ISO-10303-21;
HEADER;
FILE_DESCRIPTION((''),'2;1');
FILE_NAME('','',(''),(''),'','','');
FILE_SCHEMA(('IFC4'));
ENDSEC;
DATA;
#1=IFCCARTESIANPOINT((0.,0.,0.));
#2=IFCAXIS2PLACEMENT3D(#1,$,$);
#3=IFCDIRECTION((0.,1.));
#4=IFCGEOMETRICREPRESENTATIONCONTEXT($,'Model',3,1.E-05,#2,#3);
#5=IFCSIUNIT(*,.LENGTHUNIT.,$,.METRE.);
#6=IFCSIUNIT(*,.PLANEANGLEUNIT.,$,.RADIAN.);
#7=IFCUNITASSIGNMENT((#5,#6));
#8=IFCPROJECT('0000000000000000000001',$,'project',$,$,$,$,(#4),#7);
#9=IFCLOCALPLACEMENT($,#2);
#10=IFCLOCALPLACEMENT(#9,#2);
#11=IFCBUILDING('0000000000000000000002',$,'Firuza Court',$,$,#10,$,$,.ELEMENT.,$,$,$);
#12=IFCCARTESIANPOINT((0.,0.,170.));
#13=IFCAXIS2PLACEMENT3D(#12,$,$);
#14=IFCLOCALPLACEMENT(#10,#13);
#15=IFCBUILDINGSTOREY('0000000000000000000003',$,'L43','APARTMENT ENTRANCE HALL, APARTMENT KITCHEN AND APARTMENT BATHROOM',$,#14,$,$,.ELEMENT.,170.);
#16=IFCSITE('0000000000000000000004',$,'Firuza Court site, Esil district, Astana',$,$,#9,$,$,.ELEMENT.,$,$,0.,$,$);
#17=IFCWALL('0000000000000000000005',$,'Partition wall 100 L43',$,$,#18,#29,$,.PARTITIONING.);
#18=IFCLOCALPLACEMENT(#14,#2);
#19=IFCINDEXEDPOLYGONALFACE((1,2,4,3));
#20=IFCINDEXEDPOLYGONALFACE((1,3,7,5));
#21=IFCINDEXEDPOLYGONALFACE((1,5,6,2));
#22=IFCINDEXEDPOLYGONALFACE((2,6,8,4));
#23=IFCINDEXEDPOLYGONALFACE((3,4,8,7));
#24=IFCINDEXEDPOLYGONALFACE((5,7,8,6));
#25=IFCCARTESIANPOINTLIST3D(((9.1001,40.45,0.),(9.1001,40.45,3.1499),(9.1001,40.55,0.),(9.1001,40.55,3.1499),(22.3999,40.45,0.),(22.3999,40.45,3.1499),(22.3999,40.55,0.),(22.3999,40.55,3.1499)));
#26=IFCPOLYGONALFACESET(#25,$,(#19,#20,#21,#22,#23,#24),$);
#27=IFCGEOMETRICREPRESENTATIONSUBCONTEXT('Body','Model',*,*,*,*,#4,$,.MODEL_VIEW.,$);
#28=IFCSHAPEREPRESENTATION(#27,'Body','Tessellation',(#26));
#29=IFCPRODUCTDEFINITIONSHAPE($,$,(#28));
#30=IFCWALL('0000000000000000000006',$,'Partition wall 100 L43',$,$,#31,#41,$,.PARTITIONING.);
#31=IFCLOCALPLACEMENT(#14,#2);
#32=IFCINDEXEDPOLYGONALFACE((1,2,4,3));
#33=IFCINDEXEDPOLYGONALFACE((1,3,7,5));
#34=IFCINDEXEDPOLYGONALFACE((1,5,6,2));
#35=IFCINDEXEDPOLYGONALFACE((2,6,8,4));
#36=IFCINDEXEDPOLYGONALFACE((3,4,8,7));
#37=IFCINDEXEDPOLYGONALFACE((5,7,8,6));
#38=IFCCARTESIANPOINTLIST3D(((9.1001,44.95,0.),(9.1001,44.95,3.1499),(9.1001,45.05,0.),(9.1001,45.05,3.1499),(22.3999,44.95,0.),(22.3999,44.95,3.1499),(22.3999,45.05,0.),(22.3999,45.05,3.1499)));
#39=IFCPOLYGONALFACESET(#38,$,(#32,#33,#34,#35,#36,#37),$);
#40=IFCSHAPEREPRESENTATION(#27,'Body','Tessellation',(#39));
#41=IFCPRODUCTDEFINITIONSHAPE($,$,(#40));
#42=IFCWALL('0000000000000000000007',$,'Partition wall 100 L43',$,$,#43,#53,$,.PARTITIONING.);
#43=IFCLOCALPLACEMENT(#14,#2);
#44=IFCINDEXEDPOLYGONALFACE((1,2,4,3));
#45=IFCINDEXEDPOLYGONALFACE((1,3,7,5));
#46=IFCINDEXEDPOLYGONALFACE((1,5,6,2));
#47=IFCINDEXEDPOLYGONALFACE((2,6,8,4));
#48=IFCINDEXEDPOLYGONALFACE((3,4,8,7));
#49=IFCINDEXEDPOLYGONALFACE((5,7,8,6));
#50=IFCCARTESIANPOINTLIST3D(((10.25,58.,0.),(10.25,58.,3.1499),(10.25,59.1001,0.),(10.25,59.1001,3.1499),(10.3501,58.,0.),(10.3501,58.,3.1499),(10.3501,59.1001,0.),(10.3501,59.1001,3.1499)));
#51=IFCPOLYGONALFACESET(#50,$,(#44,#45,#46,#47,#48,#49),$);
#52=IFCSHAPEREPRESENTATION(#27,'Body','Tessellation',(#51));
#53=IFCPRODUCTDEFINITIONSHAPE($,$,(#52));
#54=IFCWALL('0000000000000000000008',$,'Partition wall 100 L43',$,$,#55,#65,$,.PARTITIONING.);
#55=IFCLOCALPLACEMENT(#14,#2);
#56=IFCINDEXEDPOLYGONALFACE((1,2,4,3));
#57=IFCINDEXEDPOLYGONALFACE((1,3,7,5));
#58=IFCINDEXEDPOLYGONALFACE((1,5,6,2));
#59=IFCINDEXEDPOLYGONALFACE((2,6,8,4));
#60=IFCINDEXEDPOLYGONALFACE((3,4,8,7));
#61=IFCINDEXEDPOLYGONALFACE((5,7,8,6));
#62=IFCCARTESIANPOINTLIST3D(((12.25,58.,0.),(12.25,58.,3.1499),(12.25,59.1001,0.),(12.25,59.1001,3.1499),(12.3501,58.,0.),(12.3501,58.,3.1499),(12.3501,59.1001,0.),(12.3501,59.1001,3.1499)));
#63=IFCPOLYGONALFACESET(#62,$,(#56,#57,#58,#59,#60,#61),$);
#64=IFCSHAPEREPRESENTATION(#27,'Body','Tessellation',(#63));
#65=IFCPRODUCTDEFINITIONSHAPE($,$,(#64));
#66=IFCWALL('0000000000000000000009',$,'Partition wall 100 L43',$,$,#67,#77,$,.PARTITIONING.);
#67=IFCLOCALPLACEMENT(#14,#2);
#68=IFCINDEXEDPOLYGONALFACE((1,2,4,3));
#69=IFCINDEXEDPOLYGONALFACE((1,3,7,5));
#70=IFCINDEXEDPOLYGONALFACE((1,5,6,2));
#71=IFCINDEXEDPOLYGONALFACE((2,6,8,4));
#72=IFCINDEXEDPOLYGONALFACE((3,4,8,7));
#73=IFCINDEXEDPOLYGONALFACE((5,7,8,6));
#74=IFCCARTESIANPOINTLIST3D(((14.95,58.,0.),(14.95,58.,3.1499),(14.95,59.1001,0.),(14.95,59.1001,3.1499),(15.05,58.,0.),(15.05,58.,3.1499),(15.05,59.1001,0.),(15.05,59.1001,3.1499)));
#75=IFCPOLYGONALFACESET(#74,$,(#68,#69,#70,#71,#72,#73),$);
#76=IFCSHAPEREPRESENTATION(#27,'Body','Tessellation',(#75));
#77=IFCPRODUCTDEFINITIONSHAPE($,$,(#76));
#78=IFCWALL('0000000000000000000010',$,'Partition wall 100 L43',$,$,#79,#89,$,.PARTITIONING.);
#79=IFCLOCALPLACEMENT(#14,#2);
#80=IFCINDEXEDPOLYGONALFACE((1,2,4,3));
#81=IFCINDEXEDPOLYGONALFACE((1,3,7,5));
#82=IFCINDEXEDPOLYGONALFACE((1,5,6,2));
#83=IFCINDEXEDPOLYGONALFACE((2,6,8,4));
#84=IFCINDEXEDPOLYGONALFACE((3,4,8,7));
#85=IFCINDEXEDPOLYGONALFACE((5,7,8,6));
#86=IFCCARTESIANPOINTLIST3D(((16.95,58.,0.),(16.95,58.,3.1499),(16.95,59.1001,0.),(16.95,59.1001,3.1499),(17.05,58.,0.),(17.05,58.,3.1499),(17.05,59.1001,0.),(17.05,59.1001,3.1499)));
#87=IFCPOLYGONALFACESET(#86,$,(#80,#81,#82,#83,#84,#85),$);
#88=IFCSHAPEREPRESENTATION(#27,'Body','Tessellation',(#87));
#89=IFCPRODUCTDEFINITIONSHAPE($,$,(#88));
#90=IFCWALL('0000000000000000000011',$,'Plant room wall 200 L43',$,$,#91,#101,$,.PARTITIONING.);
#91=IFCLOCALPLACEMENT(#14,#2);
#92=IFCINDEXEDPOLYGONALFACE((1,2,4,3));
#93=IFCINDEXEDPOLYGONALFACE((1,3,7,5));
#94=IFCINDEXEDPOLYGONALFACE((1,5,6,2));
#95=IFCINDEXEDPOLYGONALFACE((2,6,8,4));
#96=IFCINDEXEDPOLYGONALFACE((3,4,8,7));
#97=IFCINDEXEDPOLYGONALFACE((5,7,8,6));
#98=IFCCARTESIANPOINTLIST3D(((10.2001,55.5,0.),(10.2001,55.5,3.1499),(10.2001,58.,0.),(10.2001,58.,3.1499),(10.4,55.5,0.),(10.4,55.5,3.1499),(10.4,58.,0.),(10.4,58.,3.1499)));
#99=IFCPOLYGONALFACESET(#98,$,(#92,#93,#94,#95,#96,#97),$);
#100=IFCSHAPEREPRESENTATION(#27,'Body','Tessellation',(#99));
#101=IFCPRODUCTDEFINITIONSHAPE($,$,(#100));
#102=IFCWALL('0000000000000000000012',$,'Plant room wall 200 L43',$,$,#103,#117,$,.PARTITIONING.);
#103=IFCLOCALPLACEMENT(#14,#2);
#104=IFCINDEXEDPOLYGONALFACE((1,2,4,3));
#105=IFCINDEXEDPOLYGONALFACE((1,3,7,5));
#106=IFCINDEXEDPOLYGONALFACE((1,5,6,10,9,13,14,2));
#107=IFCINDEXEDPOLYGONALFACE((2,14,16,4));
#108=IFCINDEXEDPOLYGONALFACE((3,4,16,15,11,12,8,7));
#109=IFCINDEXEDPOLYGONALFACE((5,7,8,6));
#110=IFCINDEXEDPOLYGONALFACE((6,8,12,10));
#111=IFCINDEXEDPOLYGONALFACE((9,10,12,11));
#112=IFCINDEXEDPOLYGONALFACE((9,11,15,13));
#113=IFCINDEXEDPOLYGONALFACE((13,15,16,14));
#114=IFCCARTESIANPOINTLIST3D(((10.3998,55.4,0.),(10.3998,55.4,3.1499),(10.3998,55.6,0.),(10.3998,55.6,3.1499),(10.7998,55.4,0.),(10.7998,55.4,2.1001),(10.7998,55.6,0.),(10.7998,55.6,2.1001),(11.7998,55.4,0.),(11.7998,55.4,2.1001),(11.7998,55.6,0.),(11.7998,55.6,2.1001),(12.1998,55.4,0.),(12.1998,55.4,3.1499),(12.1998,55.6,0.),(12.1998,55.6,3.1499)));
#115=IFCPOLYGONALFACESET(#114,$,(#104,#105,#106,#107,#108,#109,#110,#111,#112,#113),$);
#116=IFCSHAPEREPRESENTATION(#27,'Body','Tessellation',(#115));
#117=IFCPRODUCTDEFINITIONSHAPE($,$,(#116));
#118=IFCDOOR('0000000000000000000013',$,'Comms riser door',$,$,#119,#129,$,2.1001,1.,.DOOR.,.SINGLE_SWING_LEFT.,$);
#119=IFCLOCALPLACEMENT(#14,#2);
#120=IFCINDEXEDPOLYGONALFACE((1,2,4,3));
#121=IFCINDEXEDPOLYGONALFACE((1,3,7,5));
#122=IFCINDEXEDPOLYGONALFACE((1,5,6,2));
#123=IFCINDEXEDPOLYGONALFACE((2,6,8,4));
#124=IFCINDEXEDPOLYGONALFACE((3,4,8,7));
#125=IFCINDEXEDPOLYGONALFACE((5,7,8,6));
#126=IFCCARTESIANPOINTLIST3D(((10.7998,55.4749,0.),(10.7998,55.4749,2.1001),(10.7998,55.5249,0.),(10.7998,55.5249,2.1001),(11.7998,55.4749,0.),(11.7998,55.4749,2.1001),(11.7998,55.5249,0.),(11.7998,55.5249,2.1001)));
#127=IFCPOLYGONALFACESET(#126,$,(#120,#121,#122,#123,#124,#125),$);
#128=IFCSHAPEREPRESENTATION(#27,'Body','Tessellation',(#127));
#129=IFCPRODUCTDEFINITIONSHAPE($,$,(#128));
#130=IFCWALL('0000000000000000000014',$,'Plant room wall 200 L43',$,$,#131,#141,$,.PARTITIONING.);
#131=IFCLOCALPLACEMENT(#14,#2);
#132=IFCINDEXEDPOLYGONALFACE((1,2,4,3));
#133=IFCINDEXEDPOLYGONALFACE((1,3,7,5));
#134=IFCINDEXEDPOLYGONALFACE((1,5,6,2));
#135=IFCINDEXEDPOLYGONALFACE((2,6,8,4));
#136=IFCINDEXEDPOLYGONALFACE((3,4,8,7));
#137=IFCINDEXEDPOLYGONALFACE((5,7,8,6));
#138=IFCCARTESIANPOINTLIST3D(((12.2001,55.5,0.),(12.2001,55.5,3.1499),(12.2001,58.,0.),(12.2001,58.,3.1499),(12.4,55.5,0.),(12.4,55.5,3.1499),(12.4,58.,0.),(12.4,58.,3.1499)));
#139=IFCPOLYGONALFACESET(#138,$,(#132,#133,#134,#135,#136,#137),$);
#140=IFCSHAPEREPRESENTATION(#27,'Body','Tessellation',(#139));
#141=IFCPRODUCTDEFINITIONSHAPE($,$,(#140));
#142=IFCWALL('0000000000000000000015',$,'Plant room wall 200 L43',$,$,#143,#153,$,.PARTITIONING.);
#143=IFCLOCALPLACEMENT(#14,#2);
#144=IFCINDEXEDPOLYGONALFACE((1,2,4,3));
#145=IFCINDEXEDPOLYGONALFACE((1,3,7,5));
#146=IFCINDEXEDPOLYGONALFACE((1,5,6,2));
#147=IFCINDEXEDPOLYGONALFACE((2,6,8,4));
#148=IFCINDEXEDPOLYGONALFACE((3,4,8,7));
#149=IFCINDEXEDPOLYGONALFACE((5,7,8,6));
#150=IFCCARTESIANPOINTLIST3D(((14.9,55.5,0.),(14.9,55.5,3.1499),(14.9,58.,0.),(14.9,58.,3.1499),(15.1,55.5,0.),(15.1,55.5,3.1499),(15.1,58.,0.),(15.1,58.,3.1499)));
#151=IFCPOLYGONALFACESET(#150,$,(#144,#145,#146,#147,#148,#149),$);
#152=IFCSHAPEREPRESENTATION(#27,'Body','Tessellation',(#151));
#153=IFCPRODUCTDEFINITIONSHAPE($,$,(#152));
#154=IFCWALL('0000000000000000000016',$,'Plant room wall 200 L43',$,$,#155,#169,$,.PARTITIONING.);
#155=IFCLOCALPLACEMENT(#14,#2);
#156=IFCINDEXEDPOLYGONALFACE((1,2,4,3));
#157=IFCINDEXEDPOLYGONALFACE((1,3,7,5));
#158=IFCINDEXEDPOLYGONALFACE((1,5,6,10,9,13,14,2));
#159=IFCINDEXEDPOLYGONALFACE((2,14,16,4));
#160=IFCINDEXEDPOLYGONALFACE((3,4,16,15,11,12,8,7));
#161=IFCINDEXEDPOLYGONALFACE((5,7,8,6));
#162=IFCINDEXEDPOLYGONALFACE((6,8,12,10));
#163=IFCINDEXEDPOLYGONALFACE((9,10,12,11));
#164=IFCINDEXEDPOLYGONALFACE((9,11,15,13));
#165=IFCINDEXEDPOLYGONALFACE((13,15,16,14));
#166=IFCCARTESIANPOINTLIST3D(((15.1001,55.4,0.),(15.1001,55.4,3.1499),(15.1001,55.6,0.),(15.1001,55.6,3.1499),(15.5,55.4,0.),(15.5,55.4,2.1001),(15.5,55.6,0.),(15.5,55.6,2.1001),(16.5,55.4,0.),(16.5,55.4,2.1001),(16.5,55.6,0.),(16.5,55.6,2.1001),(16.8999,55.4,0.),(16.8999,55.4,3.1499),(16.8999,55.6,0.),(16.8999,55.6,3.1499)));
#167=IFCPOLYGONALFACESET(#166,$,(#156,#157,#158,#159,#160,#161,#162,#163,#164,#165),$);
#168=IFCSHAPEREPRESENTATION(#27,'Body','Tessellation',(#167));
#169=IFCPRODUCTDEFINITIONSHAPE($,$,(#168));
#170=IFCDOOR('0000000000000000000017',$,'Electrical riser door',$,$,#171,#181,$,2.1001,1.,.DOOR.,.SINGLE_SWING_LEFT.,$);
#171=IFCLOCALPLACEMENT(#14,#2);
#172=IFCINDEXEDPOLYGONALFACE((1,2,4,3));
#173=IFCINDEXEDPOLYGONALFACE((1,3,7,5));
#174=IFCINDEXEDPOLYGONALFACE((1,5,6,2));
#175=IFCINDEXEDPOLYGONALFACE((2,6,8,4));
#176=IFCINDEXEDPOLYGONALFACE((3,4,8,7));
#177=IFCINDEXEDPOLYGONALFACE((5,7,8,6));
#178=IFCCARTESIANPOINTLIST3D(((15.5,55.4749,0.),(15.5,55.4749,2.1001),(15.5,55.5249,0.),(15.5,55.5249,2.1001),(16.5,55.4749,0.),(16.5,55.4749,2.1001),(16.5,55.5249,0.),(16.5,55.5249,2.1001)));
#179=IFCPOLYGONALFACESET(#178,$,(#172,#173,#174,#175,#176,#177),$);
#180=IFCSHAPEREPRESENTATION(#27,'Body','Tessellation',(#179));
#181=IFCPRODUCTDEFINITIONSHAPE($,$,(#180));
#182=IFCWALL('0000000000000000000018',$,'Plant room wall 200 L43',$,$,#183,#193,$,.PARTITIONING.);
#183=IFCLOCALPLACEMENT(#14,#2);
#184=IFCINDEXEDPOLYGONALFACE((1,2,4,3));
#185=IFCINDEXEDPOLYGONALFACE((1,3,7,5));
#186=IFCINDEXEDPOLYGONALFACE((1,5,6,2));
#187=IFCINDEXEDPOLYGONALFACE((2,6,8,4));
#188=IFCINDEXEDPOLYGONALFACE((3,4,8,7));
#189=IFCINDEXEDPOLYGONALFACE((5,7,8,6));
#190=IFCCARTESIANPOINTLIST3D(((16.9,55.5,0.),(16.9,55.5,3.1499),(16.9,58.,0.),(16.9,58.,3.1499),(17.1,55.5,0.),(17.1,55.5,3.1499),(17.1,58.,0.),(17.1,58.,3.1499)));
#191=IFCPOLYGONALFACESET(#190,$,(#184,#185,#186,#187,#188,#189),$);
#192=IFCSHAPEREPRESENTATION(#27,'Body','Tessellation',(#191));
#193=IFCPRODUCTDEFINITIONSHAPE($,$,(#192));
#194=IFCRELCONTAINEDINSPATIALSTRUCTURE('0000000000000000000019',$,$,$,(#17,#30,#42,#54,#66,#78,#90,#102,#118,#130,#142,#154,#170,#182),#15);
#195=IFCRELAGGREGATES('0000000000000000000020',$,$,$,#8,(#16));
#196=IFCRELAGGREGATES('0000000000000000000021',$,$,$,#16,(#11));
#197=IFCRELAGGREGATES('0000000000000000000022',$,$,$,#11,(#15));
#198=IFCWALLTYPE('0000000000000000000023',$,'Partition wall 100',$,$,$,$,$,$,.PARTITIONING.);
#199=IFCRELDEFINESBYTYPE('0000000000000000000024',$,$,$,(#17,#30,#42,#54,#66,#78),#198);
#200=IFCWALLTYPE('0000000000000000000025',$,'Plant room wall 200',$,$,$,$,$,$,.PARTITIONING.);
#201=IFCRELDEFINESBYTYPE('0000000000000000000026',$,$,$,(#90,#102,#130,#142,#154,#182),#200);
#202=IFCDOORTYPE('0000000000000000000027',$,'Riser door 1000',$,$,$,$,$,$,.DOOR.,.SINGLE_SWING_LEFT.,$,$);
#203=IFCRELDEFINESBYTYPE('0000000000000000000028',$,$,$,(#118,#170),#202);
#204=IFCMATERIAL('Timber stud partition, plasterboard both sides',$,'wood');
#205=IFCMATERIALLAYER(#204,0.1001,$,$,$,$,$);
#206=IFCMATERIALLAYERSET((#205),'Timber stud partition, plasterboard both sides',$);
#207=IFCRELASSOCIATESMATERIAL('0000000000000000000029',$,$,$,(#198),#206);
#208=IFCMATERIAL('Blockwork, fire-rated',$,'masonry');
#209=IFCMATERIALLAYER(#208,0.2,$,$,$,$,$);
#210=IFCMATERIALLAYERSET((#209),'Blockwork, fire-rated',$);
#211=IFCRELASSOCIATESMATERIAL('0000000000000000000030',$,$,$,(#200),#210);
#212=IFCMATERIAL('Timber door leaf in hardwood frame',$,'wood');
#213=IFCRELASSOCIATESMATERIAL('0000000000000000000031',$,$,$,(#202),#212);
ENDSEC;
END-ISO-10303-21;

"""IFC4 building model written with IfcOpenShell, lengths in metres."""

from ifc_helpers import new_model, si_unit, direction, frame, frame_2d, origin, place, context, subcontext, project, spatial, rectangle, extrude, material, layer, layer_set, type_object, element, fill, save


model = new_model("IFC4")

# Units and contexts
model_context = context("Model", 3, precision=1e-05, world=origin(), true_north=direction((0.0, 1.0)))
body_context = subcontext(model_context, "Body", "Model", "MODEL_VIEW")
ifc_project = project(units=[si_unit("LENGTHUNIT", "METRE"), si_unit("PLANEANGLEUNIT", "RADIAN")], contexts=[model_context])

# Site, building, storey
site_placement = place(None, origin())
site = spatial("IfcSite", under=ifc_project, at=site_placement, Name="Firuza Court site, Esil district, Astana", CompositionType="ELEMENT", RefElevation=0.0)
building_placement = place(site_placement, origin())
building = spatial("IfcBuilding", under=site, at=building_placement, Name="Firuza Court", CompositionType="ELEMENT")
storey_placement = place(building_placement, frame((0.0, 0.0, 170.0)))
storey = spatial("IfcBuildingStorey", under=building, at=storey_placement, Name="L43", Description="APARTMENT ENTRANCE HALL, APARTMENT KITCHEN AND APARTMENT BATHROOM", CompositionType="ELEMENT", Elevation=170.0)

# Walls
ifc_material_1 = material(Name="Timber stud partition, plasterboard both sides", Category="wood")
ifc_layer_1 = layer(ifc_material_1, 0.1001)
ifc_layer_set_1 = layer_set([ifc_layer_1], Name="Timber stud partition, plasterboard both sides")
wall_type_1 = type_object("IfcWallType", Name="Partition wall 100", PredefinedType="PARTITIONING", material=ifc_layer_set_1)
for number, where, z_axis, x_axis, name in (
    (1, (9.1001, 40.5, 0.0), (0.0, 0.0, 1.0), (1.0, 0.0, 0.0), "Partition wall 100 L43"),
    (2, (9.1001, 45.0, 0.0), (0.0, 0.0, 1.0), (1.0, 0.0, 0.0), "Partition wall 100 L43"),
):
    element("IfcWall", number, at=place(storey_placement, frame(where, z_axis=z_axis, x_axis=x_axis)), inside=storey, type_object=wall_type_1, Name=name, PredefinedType="PARTITIONING", context=body_context, shape_type="SweptSolid", body=[
        extrude(rectangle(XDim=13.2998, YDim=0.1001, at=frame_2d((6.6499, 0.0))), origin(), (0.0, 0.0, 1.0), 3.1499),
    ])
for number, where, z_axis, x_axis, name in (
    (3, (10.3, 58.0, 0.0), (0.0, 0.0, 1.0), (0.0, 1.0, 0.0), "Partition wall 100 L43"),
    (4, (12.3, 58.0, 0.0), (0.0, 0.0, 1.0), (0.0, 1.0, 0.0), "Partition wall 100 L43"),
    (5, (15.0, 58.0, 0.0), (0.0, 0.0, 1.0), (0.0, 1.0, 0.0), "Partition wall 100 L43"),
    (6, (17.0, 58.0, 0.0), (0.0, 0.0, 1.0), (0.0, 1.0, 0.0), "Partition wall 100 L43"),
):
    element("IfcWall", number, at=place(storey_placement, frame(where, z_axis=z_axis, x_axis=x_axis)), inside=storey, type_object=wall_type_1, Name=name, PredefinedType="PARTITIONING", context=body_context, shape_type="SweptSolid", body=[
        extrude(rectangle(XDim=1.1001, YDim=0.1001, at=frame_2d((0.55, 0.0))), origin(), (0.0, 0.0, 1.0), 3.1499),
    ])
ifc_material_2 = material(Name="Blockwork, fire-rated", Category="masonry")
ifc_layer_2 = layer(ifc_material_2, 0.2)
ifc_layer_set_2 = layer_set([ifc_layer_2], Name="Blockwork, fire-rated")
wall_type_2 = type_object("IfcWallType", Name="Plant room wall 200", PredefinedType="PARTITIONING", material=ifc_layer_set_2)
wall_1_placement = place(storey_placement, frame((10.3, 55.5, 0.0), z_axis=(0.0, 0.0, 1.0), x_axis=(0.0, 1.0, 0.0)))
element("IfcWall", 7, at=wall_1_placement, inside=storey, type_object=wall_type_2, Name="Plant room wall 200 L43", PredefinedType="PARTITIONING", context=body_context, shape_type="SweptSolid", body=[
    extrude(rectangle(XDim=2.5, YDim=0.2, at=frame_2d((1.25, 0.0))), origin(), (0.0, 0.0, 1.0), 3.1499),
])

# Wall, opening, door
wall_2_placement = place(storey_placement, frame((10.3999, 55.5, 0.0), z_axis=(0.0, 0.0, 1.0), x_axis=(1.0, 0.0, 0.0)))
wall_2 = element("IfcWall", 8, at=wall_2_placement, inside=storey, type_object=wall_type_2, Name="Plant room wall 200 L43", PredefinedType="PARTITIONING", context=body_context, shape_type="SweptSolid", body=[
    extrude(rectangle(XDim=1.8, YDim=0.2, at=frame_2d((0.8999, 0.0))), origin(), (0.0, 0.0, 1.0), 3.1499),
])
opening_1_placement = place(wall_2_placement, frame((0.3999, 0.0, 0.0)))
opening_1 = element("IfcOpeningElement", 9, at=opening_1_placement, cuts=wall_2, PredefinedType="OPENING", context=body_context, shape_type="SweptSolid", body=[
    extrude(rectangle(XDim=1.0, YDim=2.1001, at=frame_2d((0.5, 1.05))), frame((0.0, 0.1118, 0.0), z_axis=(0.0, -1.0, 0.0), x_axis=(1.0, 0.0, 0.0)), (0.0, 0.0, 1.0), 0.2239),
])
ifc_material_3 = material(Name="Timber door leaf in hardwood frame", Category="wood")
door_type_1 = type_object("IfcDoorType", Name="Riser door 1000", OperationType="SINGLE_SWING_LEFT", PredefinedType="DOOR", material=ifc_material_3)
door_1_placement = place(opening_1_placement, origin())
door_1 = element("IfcDoor", 10, at=door_1_placement, inside=storey, type_object=door_type_1, Name="Comms riser door", OperationType="SINGLE_SWING_LEFT", OverallHeight=2.1001, OverallWidth=1.0, PredefinedType="DOOR", context=body_context, shape_type="SweptSolid", body=[
    extrude(rectangle(XDim=1.0, YDim=2.1001, at=frame_2d((0.5, 1.05))), frame((0.0, 0.0249, 0.0), z_axis=(0.0, -1.0, 0.0), x_axis=(1.0, 0.0, 0.0)), (0.0, 0.0, 1.0), 0.05),
])
fill(opening_1, door_1)

# Walls
for number, where, z_axis, x_axis, name in (
    (11, (12.3, 55.5, 0.0), (0.0, 0.0, 1.0), (0.0, 1.0, 0.0), "Plant room wall 200 L43"),
    (12, (15.0, 55.5, 0.0), (0.0, 0.0, 1.0), (0.0, 1.0, 0.0), "Plant room wall 200 L43"),
):
    element("IfcWall", number, at=place(storey_placement, frame(where, z_axis=z_axis, x_axis=x_axis)), inside=storey, type_object=wall_type_2, Name=name, PredefinedType="PARTITIONING", context=body_context, shape_type="SweptSolid", body=[
        extrude(rectangle(XDim=2.5, YDim=0.2, at=frame_2d((1.25, 0.0))), origin(), (0.0, 0.0, 1.0), 3.1499),
    ])

# Wall, opening, door
wall_3_placement = place(storey_placement, frame((15.1001, 55.5, 0.0), z_axis=(0.0, 0.0, 1.0), x_axis=(1.0, 0.0, 0.0)))
wall_3 = element("IfcWall", 13, at=wall_3_placement, inside=storey, type_object=wall_type_2, Name="Plant room wall 200 L43", PredefinedType="PARTITIONING", context=body_context, shape_type="SweptSolid", body=[
    extrude(rectangle(XDim=1.7998, YDim=0.2, at=frame_2d((0.8999, 0.0))), origin(), (0.0, 0.0, 1.0), 3.1499),
])
opening_2_placement = place(wall_3_placement, frame((0.3999, 0.0, 0.0)))
opening_2 = element("IfcOpeningElement", 14, at=opening_2_placement, cuts=wall_3, PredefinedType="OPENING", context=body_context, shape_type="SweptSolid", body=[
    extrude(rectangle(XDim=1.0, YDim=2.1001, at=frame_2d((0.5, 1.05))), frame((0.0, 0.1118, 0.0), z_axis=(0.0, -1.0, 0.0), x_axis=(1.0, 0.0, 0.0)), (0.0, 0.0, 1.0), 0.2239),
])
door_2_placement = place(opening_2_placement, origin())
door_2 = element("IfcDoor", 15, at=door_2_placement, inside=storey, type_object=door_type_1, Name="Electrical riser door", OperationType="SINGLE_SWING_LEFT", OverallHeight=2.1001, OverallWidth=1.0, PredefinedType="DOOR", context=body_context, shape_type="SweptSolid", body=[
    extrude(rectangle(XDim=1.0, YDim=2.1001, at=frame_2d((0.5, 1.05))), frame((0.0, 0.0249, 0.0), z_axis=(0.0, -1.0, 0.0), x_axis=(1.0, 0.0, 0.0)), (0.0, 0.0, 1.0), 0.05),
])
fill(opening_2, door_2)

# Wall
wall_4_placement = place(storey_placement, frame((17.0, 55.5, 0.0), z_axis=(0.0, 0.0, 1.0), x_axis=(0.0, 1.0, 0.0)))
element("IfcWall", 16, at=wall_4_placement, inside=storey, type_object=wall_type_2, Name="Plant room wall 200 L43", PredefinedType="PARTITIONING", context=body_context, shape_type="SweptSolid", body=[
    extrude(rectangle(XDim=2.5, YDim=0.2, at=frame_2d((1.25, 0.0))), origin(), (0.0, 0.0, 1.0), 3.1499),
])

save(model, "model.ifc")
